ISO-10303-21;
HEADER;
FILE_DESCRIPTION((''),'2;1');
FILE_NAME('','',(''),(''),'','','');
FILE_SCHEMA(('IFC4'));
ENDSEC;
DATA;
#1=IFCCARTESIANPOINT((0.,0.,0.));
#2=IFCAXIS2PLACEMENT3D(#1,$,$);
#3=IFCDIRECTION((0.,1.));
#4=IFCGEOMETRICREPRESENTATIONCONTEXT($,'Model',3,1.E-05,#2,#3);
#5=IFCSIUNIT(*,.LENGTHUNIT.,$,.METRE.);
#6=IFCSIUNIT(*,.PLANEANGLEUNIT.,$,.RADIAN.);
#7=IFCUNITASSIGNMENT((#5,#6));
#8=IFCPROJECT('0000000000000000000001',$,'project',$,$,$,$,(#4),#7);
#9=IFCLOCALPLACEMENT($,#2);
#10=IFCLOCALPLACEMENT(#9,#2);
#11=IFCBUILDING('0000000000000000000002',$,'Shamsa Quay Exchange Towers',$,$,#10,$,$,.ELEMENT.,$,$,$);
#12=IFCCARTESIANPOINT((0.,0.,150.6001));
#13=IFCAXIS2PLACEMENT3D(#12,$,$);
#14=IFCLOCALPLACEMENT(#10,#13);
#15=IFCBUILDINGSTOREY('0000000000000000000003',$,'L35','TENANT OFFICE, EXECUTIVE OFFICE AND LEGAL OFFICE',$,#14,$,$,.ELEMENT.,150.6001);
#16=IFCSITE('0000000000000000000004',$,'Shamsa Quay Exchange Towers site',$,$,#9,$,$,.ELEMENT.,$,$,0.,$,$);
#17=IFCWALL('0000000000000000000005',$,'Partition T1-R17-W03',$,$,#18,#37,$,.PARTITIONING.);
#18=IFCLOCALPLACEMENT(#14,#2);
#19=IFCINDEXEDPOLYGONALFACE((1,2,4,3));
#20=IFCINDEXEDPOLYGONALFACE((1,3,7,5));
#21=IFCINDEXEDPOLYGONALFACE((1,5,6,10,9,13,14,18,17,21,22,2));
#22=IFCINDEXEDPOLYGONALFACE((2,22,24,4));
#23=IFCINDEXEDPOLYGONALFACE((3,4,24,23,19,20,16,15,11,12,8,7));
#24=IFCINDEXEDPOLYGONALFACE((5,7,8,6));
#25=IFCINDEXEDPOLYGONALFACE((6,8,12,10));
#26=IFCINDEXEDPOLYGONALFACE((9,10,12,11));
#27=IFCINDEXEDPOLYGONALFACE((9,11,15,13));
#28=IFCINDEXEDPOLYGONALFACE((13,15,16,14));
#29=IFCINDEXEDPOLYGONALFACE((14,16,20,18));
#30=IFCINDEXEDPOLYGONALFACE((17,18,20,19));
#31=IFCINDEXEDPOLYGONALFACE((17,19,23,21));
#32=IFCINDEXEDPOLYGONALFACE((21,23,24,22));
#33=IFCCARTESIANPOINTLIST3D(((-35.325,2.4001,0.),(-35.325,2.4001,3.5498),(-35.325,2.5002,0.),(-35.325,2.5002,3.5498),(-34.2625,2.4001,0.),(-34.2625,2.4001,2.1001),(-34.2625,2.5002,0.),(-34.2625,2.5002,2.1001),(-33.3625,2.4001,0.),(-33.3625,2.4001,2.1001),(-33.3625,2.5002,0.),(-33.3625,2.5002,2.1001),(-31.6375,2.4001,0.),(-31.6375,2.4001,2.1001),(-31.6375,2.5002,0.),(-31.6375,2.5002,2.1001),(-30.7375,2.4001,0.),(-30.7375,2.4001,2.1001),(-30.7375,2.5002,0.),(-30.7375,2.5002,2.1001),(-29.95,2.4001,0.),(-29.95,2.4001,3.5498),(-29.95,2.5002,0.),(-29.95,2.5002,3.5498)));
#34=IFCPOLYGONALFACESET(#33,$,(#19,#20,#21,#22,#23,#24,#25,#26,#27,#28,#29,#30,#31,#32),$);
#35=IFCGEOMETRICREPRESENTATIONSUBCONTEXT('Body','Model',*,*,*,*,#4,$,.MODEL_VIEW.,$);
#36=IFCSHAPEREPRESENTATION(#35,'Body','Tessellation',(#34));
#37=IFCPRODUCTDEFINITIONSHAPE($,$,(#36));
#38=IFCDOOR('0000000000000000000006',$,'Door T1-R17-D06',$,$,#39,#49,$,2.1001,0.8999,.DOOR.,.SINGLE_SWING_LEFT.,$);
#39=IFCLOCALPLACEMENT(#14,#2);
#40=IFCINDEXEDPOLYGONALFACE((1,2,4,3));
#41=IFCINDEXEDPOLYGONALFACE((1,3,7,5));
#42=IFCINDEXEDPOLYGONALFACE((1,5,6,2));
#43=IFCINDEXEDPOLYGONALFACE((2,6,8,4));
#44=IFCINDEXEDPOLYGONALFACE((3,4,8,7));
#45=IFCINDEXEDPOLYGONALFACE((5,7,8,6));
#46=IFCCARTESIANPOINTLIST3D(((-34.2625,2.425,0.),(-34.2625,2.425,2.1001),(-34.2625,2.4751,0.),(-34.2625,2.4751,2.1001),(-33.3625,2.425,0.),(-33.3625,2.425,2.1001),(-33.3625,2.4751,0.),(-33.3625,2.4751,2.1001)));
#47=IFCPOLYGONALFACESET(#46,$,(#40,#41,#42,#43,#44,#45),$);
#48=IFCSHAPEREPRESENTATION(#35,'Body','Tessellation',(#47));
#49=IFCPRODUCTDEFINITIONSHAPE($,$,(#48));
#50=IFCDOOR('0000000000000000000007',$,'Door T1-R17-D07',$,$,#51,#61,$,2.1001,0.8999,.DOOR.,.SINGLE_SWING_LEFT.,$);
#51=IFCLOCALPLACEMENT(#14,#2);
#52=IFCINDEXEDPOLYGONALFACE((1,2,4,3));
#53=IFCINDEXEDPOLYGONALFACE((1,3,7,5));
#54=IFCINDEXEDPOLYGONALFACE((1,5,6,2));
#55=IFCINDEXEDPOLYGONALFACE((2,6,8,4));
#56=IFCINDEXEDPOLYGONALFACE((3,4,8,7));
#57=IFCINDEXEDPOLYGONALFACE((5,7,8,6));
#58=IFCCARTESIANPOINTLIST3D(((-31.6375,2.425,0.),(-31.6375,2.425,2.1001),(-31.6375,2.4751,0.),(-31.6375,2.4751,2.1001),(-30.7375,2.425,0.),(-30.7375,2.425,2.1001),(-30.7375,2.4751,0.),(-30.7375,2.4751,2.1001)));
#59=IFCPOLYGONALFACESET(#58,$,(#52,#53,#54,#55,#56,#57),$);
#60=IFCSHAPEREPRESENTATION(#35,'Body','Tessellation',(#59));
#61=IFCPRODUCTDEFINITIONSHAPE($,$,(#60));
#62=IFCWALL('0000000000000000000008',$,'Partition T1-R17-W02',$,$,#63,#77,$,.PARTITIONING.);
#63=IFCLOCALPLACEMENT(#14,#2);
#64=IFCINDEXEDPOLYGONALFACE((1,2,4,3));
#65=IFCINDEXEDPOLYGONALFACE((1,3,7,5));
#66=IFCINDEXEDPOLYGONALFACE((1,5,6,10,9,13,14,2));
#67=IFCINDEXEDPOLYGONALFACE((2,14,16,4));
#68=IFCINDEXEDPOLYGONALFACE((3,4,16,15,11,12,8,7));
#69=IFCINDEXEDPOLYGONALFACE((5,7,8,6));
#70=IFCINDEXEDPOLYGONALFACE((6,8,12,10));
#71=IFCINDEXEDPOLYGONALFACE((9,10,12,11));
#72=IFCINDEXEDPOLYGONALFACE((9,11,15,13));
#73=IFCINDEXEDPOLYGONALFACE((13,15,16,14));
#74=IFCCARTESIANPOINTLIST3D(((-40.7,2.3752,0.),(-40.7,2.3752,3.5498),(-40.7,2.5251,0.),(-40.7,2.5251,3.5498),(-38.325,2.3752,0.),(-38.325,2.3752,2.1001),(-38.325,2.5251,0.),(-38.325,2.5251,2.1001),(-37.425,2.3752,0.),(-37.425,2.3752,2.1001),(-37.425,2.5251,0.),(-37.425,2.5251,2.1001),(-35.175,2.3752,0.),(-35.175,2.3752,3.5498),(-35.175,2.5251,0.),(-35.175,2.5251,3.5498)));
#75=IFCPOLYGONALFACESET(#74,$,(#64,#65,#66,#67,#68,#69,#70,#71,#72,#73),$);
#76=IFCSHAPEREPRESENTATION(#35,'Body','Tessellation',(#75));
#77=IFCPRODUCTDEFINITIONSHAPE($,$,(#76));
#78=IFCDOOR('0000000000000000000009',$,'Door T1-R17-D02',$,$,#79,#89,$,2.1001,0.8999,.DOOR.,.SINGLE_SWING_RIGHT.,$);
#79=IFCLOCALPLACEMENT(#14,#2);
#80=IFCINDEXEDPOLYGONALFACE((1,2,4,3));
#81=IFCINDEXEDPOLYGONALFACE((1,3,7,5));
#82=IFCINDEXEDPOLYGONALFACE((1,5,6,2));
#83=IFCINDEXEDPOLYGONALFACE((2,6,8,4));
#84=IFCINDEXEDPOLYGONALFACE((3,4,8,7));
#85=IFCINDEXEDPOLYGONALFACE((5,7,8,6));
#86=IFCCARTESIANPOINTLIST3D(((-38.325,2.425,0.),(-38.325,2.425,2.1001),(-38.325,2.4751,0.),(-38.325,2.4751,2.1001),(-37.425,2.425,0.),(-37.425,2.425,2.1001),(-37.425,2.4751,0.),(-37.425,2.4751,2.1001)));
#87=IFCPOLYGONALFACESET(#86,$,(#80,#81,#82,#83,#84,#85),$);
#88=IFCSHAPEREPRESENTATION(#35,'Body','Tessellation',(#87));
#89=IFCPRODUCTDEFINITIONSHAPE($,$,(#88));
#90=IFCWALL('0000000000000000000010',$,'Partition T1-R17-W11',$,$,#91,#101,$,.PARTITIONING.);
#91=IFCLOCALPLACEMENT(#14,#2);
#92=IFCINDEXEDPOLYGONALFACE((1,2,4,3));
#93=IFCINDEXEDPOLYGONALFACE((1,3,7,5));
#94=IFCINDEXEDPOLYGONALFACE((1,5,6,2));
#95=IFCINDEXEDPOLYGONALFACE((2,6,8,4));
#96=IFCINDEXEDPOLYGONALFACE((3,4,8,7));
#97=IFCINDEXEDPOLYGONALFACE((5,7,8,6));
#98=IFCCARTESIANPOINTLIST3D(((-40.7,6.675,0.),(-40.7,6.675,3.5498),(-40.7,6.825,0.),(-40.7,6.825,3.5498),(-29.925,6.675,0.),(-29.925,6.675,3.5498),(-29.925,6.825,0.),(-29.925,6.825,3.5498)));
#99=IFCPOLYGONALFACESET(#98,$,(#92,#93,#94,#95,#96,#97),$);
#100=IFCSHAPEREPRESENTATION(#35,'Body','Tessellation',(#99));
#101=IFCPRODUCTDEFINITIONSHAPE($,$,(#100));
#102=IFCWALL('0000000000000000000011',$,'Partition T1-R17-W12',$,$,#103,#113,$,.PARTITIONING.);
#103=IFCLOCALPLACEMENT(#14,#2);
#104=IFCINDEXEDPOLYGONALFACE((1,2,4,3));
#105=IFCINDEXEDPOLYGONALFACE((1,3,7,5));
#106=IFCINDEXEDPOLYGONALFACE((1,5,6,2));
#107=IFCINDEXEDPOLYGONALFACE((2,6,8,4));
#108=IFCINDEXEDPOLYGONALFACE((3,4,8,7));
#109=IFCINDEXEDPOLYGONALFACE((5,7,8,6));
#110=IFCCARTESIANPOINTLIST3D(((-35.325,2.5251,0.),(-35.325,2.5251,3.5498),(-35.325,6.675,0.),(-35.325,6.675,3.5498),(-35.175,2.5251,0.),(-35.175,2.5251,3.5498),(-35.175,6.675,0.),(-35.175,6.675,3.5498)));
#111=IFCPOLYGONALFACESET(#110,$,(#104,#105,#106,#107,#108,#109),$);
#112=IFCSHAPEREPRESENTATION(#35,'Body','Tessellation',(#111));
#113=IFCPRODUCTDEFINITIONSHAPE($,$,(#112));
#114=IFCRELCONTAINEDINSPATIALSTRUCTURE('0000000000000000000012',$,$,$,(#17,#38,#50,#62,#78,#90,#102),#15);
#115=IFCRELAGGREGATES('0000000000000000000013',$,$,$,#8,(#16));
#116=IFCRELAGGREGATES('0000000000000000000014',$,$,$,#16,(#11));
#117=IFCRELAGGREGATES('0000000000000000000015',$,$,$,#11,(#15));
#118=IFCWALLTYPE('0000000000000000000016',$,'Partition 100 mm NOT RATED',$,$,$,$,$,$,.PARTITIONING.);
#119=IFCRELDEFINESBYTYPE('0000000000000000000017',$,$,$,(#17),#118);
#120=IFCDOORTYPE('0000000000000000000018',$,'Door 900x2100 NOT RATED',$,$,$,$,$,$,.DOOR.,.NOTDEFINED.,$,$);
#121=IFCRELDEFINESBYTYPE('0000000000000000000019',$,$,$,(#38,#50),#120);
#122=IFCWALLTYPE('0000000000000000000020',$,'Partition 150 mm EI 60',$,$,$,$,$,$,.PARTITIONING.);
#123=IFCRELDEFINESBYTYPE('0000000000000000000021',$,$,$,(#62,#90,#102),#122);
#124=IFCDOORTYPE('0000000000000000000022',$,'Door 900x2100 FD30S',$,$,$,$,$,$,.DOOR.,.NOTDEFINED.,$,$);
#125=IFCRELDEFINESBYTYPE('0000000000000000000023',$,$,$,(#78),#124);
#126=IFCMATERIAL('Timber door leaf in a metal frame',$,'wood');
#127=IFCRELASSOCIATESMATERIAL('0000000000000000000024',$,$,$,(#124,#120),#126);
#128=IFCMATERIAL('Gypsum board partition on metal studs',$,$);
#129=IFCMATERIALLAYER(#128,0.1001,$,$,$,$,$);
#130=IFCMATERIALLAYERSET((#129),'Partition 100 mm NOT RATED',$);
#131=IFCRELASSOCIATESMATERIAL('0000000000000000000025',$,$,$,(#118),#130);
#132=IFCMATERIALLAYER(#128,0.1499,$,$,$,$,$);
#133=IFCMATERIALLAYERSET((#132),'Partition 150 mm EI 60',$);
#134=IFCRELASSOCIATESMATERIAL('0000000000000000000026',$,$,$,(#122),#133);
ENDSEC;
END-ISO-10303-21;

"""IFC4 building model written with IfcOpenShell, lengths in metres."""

from ifc_helpers import new_model, si_unit, direction, frame, frame_2d, origin, place, context, subcontext, project, spatial, rectangle, extrude, material, layer, layer_set, type_object, element, fill, save


model = new_model("IFC4")

# Units and contexts
model_context = context("Model", 3, precision=1e-05, world=origin(), true_north=direction((0.0, 1.0)))
body_context = subcontext(model_context, "Body", "Model", "MODEL_VIEW")
ifc_project = project(units=[si_unit("LENGTHUNIT", "METRE"), si_unit("PLANEANGLEUNIT", "RADIAN")], contexts=[model_context])

# Site, building, storey
site_placement = place(None, origin())
site = spatial("IfcSite", under=ifc_project, at=site_placement, Name="Shamsa Quay Exchange Towers site", CompositionType="ELEMENT", RefElevation=0.0)
building_placement = place(site_placement, origin())
building = spatial("IfcBuilding", under=site, at=building_placement, Name="Shamsa Quay Exchange Towers", CompositionType="ELEMENT")
storey_placement = place(building_placement, frame((0.0, 0.0, 150.6001)))
storey = spatial("IfcBuildingStorey", under=building, at=storey_placement, Name="L35", Description="TENANT OFFICE, EXECUTIVE OFFICE AND LEGAL OFFICE", CompositionType="ELEMENT", Elevation=150.6001)

# Shared definitions
ifc_material_1 = material(Name="Timber door leaf in a metal frame", Category="wood")
door_type_1 = type_object("IfcDoorType", Name="Door 900x2100 FD30S", OperationType="NOTDEFINED", PredefinedType="DOOR", material=ifc_material_1)

# Wall, openings, doors
ifc_material_2 = material(Name="Gypsum board partition on metal studs")
ifc_layer_1 = layer(ifc_material_2, 0.1001)
ifc_layer_set_1 = layer_set([ifc_layer_1], Name="Partition 100 mm NOT RATED")
wall_type_1 = type_object("IfcWallType", Name="Partition 100 mm NOT RATED", PredefinedType="PARTITIONING", material=ifc_layer_set_1)
wall_1_placement = place(storey_placement, frame((-35.325, 2.4502, 0.0)))
wall_1 = element("IfcWall", 1, at=wall_1_placement, inside=storey, type_object=wall_type_1, Name="Partition T1-R17-W03", PredefinedType="PARTITIONING", context=body_context, shape_type="SweptSolid", body=[
    extrude(rectangle(XDim=5.375, YDim=0.1001, at=frame_2d((2.6875, 0.0))), origin(), (0.0, 0.0, 1.0), 3.5498),
])
opening_1_placement = place(wall_1_placement, frame((1.0625, 0.0, 0.0)))
opening_1 = element("IfcOpeningElement", 2, at=opening_1_placement, cuts=wall_1, PredefinedType="OPENING", context=body_context, shape_type="SweptSolid", body=[
    extrude(rectangle(XDim=0.8999, YDim=2.1001, at=frame_2d((0.45, 1.05))), frame((0.0, 0.0601, 0.0), z_axis=(0.0, -1.0, 0.0), x_axis=(1.0, 0.0, 0.0)), (0.0, 0.0, 1.0), 0.1201),
])
opening_2_placement = place(wall_1_placement, frame((3.6875, 0.0, 0.0)))
opening_2 = element("IfcOpeningElement", 3, at=opening_2_placement, cuts=wall_1, PredefinedType="OPENING", context=body_context, shape_type="SweptSolid", body=[
    extrude(rectangle(XDim=0.8999, YDim=2.1001, at=frame_2d((0.45, 1.05))), frame((0.0, 0.0601, 0.0), z_axis=(0.0, -1.0, 0.0), x_axis=(1.0, 0.0, 0.0)), (0.0, 0.0, 1.0), 0.1201),
])
door_type_2 = type_object("IfcDoorType", Name="Door 900x2100 NOT RATED", OperationType="NOTDEFINED", PredefinedType="DOOR", material=ifc_material_1)
door_1_placement = place(opening_1_placement, origin())
door_1 = element("IfcDoor", 4, at=door_1_placement, inside=storey, type_object=door_type_2, Name="Door T1-R17-D06", OperationType="SINGLE_SWING_LEFT", OverallHeight=2.1001, OverallWidth=0.8999, PredefinedType="DOOR", context=body_context, shape_type="SweptSolid", body=[
    extrude(rectangle(XDim=0.8999, YDim=2.1001, at=frame_2d((0.45, 1.05))), frame((0.0, 0.0249, 0.0), z_axis=(0.0, -1.0, 0.0), x_axis=(1.0, 0.0, 0.0)), (0.0, 0.0, 1.0), 0.05),
])
fill(opening_1, door_1)
door_2_placement = place(opening_2_placement, origin())
door_2 = element("IfcDoor", 5, at=door_2_placement, inside=storey, type_object=door_type_2, Name="Door T1-R17-D07", OperationType="SINGLE_SWING_LEFT", OverallHeight=2.1001, OverallWidth=0.8999, PredefinedType="DOOR", context=body_context, shape_type="SweptSolid", body=[
    extrude(rectangle(XDim=0.8999, YDim=2.1001, at=frame_2d((0.45, 1.05))), frame((0.0, 0.0249, 0.0), z_axis=(0.0, -1.0, 0.0), x_axis=(1.0, 0.0, 0.0)), (0.0, 0.0, 1.0), 0.05),
])
fill(opening_2, door_2)

# Wall, opening, door
ifc_layer_2 = layer(ifc_material_2, 0.1499)
ifc_layer_set_2 = layer_set([ifc_layer_2], Name="Partition 150 mm EI 60")
wall_type_2 = type_object("IfcWallType", Name="Partition 150 mm EI 60", PredefinedType="PARTITIONING", material=ifc_layer_set_2)
wall_2_placement = place(storey_placement, frame((-40.7, 2.4502, 0.0)))
wall_2 = element("IfcWall", 6, at=wall_2_placement, inside=storey, type_object=wall_type_2, Name="Partition T1-R17-W02", PredefinedType="PARTITIONING", context=body_context, shape_type="SweptSolid", body=[
    extrude(rectangle(XDim=5.5249, YDim=0.1499, at=frame_2d((2.7625, 0.0))), origin(), (0.0, 0.0, 1.0), 3.5498),
])
opening_3_placement = place(wall_2_placement, frame((2.375, 0.0, 0.0)))
opening_3 = element("IfcOpeningElement", 7, at=opening_3_placement, cuts=wall_2, PredefinedType="OPENING", context=body_context, shape_type="SweptSolid", body=[
    extrude(rectangle(XDim=0.8999, YDim=2.1001, at=frame_2d((0.45, 1.05))), frame((0.0, 0.085, 0.0), z_axis=(0.0, -1.0, 0.0), x_axis=(1.0, 0.0, 0.0)), (0.0, 0.0, 1.0), 0.1699),
])
door_3_placement = place(opening_3_placement, origin())
door_3 = element("IfcDoor", 8, at=door_3_placement, inside=storey, type_object=door_type_1, Name="Door T1-R17-D02", OperationType="SINGLE_SWING_RIGHT", OverallHeight=2.1001, OverallWidth=0.8999, PredefinedType="DOOR", context=body_context, shape_type="SweptSolid", body=[
    extrude(rectangle(XDim=0.8999, YDim=2.1001, at=frame_2d((0.45, 1.05))), frame((0.0, 0.0249, 0.0), z_axis=(0.0, -1.0, 0.0), x_axis=(1.0, 0.0, 0.0)), (0.0, 0.0, 1.0), 0.05),
])
fill(opening_3, door_3)

# Walls
wall_3_placement = place(storey_placement, frame((-40.7, 6.75, 0.0)))
element("IfcWall", 9, at=wall_3_placement, inside=storey, type_object=wall_type_2, Name="Partition T1-R17-W11", PredefinedType="PARTITIONING", context=body_context, shape_type="SweptSolid", body=[
    extrude(rectangle(XDim=10.7749, YDim=0.1499, at=frame_2d((5.3875, 0.0))), origin(), (0.0, 0.0, 1.0), 3.5498),
])
wall_4_placement = place(storey_placement, frame((-35.25, 2.5251, 0.0), z_axis=(0.0, 0.0, 1.0), x_axis=(0.0, 1.0, 0.0)))
element("IfcWall", 10, at=wall_4_placement, inside=storey, type_object=wall_type_2, Name="Partition T1-R17-W12", PredefinedType="PARTITIONING", context=body_context, shape_type="SweptSolid", body=[
    extrude(rectangle(XDim=4.1499, YDim=0.1499, at=frame_2d((2.075, 0.0))), origin(), (0.0, 0.0, 1.0), 3.5498),
])

save(model, "model.ifc")
